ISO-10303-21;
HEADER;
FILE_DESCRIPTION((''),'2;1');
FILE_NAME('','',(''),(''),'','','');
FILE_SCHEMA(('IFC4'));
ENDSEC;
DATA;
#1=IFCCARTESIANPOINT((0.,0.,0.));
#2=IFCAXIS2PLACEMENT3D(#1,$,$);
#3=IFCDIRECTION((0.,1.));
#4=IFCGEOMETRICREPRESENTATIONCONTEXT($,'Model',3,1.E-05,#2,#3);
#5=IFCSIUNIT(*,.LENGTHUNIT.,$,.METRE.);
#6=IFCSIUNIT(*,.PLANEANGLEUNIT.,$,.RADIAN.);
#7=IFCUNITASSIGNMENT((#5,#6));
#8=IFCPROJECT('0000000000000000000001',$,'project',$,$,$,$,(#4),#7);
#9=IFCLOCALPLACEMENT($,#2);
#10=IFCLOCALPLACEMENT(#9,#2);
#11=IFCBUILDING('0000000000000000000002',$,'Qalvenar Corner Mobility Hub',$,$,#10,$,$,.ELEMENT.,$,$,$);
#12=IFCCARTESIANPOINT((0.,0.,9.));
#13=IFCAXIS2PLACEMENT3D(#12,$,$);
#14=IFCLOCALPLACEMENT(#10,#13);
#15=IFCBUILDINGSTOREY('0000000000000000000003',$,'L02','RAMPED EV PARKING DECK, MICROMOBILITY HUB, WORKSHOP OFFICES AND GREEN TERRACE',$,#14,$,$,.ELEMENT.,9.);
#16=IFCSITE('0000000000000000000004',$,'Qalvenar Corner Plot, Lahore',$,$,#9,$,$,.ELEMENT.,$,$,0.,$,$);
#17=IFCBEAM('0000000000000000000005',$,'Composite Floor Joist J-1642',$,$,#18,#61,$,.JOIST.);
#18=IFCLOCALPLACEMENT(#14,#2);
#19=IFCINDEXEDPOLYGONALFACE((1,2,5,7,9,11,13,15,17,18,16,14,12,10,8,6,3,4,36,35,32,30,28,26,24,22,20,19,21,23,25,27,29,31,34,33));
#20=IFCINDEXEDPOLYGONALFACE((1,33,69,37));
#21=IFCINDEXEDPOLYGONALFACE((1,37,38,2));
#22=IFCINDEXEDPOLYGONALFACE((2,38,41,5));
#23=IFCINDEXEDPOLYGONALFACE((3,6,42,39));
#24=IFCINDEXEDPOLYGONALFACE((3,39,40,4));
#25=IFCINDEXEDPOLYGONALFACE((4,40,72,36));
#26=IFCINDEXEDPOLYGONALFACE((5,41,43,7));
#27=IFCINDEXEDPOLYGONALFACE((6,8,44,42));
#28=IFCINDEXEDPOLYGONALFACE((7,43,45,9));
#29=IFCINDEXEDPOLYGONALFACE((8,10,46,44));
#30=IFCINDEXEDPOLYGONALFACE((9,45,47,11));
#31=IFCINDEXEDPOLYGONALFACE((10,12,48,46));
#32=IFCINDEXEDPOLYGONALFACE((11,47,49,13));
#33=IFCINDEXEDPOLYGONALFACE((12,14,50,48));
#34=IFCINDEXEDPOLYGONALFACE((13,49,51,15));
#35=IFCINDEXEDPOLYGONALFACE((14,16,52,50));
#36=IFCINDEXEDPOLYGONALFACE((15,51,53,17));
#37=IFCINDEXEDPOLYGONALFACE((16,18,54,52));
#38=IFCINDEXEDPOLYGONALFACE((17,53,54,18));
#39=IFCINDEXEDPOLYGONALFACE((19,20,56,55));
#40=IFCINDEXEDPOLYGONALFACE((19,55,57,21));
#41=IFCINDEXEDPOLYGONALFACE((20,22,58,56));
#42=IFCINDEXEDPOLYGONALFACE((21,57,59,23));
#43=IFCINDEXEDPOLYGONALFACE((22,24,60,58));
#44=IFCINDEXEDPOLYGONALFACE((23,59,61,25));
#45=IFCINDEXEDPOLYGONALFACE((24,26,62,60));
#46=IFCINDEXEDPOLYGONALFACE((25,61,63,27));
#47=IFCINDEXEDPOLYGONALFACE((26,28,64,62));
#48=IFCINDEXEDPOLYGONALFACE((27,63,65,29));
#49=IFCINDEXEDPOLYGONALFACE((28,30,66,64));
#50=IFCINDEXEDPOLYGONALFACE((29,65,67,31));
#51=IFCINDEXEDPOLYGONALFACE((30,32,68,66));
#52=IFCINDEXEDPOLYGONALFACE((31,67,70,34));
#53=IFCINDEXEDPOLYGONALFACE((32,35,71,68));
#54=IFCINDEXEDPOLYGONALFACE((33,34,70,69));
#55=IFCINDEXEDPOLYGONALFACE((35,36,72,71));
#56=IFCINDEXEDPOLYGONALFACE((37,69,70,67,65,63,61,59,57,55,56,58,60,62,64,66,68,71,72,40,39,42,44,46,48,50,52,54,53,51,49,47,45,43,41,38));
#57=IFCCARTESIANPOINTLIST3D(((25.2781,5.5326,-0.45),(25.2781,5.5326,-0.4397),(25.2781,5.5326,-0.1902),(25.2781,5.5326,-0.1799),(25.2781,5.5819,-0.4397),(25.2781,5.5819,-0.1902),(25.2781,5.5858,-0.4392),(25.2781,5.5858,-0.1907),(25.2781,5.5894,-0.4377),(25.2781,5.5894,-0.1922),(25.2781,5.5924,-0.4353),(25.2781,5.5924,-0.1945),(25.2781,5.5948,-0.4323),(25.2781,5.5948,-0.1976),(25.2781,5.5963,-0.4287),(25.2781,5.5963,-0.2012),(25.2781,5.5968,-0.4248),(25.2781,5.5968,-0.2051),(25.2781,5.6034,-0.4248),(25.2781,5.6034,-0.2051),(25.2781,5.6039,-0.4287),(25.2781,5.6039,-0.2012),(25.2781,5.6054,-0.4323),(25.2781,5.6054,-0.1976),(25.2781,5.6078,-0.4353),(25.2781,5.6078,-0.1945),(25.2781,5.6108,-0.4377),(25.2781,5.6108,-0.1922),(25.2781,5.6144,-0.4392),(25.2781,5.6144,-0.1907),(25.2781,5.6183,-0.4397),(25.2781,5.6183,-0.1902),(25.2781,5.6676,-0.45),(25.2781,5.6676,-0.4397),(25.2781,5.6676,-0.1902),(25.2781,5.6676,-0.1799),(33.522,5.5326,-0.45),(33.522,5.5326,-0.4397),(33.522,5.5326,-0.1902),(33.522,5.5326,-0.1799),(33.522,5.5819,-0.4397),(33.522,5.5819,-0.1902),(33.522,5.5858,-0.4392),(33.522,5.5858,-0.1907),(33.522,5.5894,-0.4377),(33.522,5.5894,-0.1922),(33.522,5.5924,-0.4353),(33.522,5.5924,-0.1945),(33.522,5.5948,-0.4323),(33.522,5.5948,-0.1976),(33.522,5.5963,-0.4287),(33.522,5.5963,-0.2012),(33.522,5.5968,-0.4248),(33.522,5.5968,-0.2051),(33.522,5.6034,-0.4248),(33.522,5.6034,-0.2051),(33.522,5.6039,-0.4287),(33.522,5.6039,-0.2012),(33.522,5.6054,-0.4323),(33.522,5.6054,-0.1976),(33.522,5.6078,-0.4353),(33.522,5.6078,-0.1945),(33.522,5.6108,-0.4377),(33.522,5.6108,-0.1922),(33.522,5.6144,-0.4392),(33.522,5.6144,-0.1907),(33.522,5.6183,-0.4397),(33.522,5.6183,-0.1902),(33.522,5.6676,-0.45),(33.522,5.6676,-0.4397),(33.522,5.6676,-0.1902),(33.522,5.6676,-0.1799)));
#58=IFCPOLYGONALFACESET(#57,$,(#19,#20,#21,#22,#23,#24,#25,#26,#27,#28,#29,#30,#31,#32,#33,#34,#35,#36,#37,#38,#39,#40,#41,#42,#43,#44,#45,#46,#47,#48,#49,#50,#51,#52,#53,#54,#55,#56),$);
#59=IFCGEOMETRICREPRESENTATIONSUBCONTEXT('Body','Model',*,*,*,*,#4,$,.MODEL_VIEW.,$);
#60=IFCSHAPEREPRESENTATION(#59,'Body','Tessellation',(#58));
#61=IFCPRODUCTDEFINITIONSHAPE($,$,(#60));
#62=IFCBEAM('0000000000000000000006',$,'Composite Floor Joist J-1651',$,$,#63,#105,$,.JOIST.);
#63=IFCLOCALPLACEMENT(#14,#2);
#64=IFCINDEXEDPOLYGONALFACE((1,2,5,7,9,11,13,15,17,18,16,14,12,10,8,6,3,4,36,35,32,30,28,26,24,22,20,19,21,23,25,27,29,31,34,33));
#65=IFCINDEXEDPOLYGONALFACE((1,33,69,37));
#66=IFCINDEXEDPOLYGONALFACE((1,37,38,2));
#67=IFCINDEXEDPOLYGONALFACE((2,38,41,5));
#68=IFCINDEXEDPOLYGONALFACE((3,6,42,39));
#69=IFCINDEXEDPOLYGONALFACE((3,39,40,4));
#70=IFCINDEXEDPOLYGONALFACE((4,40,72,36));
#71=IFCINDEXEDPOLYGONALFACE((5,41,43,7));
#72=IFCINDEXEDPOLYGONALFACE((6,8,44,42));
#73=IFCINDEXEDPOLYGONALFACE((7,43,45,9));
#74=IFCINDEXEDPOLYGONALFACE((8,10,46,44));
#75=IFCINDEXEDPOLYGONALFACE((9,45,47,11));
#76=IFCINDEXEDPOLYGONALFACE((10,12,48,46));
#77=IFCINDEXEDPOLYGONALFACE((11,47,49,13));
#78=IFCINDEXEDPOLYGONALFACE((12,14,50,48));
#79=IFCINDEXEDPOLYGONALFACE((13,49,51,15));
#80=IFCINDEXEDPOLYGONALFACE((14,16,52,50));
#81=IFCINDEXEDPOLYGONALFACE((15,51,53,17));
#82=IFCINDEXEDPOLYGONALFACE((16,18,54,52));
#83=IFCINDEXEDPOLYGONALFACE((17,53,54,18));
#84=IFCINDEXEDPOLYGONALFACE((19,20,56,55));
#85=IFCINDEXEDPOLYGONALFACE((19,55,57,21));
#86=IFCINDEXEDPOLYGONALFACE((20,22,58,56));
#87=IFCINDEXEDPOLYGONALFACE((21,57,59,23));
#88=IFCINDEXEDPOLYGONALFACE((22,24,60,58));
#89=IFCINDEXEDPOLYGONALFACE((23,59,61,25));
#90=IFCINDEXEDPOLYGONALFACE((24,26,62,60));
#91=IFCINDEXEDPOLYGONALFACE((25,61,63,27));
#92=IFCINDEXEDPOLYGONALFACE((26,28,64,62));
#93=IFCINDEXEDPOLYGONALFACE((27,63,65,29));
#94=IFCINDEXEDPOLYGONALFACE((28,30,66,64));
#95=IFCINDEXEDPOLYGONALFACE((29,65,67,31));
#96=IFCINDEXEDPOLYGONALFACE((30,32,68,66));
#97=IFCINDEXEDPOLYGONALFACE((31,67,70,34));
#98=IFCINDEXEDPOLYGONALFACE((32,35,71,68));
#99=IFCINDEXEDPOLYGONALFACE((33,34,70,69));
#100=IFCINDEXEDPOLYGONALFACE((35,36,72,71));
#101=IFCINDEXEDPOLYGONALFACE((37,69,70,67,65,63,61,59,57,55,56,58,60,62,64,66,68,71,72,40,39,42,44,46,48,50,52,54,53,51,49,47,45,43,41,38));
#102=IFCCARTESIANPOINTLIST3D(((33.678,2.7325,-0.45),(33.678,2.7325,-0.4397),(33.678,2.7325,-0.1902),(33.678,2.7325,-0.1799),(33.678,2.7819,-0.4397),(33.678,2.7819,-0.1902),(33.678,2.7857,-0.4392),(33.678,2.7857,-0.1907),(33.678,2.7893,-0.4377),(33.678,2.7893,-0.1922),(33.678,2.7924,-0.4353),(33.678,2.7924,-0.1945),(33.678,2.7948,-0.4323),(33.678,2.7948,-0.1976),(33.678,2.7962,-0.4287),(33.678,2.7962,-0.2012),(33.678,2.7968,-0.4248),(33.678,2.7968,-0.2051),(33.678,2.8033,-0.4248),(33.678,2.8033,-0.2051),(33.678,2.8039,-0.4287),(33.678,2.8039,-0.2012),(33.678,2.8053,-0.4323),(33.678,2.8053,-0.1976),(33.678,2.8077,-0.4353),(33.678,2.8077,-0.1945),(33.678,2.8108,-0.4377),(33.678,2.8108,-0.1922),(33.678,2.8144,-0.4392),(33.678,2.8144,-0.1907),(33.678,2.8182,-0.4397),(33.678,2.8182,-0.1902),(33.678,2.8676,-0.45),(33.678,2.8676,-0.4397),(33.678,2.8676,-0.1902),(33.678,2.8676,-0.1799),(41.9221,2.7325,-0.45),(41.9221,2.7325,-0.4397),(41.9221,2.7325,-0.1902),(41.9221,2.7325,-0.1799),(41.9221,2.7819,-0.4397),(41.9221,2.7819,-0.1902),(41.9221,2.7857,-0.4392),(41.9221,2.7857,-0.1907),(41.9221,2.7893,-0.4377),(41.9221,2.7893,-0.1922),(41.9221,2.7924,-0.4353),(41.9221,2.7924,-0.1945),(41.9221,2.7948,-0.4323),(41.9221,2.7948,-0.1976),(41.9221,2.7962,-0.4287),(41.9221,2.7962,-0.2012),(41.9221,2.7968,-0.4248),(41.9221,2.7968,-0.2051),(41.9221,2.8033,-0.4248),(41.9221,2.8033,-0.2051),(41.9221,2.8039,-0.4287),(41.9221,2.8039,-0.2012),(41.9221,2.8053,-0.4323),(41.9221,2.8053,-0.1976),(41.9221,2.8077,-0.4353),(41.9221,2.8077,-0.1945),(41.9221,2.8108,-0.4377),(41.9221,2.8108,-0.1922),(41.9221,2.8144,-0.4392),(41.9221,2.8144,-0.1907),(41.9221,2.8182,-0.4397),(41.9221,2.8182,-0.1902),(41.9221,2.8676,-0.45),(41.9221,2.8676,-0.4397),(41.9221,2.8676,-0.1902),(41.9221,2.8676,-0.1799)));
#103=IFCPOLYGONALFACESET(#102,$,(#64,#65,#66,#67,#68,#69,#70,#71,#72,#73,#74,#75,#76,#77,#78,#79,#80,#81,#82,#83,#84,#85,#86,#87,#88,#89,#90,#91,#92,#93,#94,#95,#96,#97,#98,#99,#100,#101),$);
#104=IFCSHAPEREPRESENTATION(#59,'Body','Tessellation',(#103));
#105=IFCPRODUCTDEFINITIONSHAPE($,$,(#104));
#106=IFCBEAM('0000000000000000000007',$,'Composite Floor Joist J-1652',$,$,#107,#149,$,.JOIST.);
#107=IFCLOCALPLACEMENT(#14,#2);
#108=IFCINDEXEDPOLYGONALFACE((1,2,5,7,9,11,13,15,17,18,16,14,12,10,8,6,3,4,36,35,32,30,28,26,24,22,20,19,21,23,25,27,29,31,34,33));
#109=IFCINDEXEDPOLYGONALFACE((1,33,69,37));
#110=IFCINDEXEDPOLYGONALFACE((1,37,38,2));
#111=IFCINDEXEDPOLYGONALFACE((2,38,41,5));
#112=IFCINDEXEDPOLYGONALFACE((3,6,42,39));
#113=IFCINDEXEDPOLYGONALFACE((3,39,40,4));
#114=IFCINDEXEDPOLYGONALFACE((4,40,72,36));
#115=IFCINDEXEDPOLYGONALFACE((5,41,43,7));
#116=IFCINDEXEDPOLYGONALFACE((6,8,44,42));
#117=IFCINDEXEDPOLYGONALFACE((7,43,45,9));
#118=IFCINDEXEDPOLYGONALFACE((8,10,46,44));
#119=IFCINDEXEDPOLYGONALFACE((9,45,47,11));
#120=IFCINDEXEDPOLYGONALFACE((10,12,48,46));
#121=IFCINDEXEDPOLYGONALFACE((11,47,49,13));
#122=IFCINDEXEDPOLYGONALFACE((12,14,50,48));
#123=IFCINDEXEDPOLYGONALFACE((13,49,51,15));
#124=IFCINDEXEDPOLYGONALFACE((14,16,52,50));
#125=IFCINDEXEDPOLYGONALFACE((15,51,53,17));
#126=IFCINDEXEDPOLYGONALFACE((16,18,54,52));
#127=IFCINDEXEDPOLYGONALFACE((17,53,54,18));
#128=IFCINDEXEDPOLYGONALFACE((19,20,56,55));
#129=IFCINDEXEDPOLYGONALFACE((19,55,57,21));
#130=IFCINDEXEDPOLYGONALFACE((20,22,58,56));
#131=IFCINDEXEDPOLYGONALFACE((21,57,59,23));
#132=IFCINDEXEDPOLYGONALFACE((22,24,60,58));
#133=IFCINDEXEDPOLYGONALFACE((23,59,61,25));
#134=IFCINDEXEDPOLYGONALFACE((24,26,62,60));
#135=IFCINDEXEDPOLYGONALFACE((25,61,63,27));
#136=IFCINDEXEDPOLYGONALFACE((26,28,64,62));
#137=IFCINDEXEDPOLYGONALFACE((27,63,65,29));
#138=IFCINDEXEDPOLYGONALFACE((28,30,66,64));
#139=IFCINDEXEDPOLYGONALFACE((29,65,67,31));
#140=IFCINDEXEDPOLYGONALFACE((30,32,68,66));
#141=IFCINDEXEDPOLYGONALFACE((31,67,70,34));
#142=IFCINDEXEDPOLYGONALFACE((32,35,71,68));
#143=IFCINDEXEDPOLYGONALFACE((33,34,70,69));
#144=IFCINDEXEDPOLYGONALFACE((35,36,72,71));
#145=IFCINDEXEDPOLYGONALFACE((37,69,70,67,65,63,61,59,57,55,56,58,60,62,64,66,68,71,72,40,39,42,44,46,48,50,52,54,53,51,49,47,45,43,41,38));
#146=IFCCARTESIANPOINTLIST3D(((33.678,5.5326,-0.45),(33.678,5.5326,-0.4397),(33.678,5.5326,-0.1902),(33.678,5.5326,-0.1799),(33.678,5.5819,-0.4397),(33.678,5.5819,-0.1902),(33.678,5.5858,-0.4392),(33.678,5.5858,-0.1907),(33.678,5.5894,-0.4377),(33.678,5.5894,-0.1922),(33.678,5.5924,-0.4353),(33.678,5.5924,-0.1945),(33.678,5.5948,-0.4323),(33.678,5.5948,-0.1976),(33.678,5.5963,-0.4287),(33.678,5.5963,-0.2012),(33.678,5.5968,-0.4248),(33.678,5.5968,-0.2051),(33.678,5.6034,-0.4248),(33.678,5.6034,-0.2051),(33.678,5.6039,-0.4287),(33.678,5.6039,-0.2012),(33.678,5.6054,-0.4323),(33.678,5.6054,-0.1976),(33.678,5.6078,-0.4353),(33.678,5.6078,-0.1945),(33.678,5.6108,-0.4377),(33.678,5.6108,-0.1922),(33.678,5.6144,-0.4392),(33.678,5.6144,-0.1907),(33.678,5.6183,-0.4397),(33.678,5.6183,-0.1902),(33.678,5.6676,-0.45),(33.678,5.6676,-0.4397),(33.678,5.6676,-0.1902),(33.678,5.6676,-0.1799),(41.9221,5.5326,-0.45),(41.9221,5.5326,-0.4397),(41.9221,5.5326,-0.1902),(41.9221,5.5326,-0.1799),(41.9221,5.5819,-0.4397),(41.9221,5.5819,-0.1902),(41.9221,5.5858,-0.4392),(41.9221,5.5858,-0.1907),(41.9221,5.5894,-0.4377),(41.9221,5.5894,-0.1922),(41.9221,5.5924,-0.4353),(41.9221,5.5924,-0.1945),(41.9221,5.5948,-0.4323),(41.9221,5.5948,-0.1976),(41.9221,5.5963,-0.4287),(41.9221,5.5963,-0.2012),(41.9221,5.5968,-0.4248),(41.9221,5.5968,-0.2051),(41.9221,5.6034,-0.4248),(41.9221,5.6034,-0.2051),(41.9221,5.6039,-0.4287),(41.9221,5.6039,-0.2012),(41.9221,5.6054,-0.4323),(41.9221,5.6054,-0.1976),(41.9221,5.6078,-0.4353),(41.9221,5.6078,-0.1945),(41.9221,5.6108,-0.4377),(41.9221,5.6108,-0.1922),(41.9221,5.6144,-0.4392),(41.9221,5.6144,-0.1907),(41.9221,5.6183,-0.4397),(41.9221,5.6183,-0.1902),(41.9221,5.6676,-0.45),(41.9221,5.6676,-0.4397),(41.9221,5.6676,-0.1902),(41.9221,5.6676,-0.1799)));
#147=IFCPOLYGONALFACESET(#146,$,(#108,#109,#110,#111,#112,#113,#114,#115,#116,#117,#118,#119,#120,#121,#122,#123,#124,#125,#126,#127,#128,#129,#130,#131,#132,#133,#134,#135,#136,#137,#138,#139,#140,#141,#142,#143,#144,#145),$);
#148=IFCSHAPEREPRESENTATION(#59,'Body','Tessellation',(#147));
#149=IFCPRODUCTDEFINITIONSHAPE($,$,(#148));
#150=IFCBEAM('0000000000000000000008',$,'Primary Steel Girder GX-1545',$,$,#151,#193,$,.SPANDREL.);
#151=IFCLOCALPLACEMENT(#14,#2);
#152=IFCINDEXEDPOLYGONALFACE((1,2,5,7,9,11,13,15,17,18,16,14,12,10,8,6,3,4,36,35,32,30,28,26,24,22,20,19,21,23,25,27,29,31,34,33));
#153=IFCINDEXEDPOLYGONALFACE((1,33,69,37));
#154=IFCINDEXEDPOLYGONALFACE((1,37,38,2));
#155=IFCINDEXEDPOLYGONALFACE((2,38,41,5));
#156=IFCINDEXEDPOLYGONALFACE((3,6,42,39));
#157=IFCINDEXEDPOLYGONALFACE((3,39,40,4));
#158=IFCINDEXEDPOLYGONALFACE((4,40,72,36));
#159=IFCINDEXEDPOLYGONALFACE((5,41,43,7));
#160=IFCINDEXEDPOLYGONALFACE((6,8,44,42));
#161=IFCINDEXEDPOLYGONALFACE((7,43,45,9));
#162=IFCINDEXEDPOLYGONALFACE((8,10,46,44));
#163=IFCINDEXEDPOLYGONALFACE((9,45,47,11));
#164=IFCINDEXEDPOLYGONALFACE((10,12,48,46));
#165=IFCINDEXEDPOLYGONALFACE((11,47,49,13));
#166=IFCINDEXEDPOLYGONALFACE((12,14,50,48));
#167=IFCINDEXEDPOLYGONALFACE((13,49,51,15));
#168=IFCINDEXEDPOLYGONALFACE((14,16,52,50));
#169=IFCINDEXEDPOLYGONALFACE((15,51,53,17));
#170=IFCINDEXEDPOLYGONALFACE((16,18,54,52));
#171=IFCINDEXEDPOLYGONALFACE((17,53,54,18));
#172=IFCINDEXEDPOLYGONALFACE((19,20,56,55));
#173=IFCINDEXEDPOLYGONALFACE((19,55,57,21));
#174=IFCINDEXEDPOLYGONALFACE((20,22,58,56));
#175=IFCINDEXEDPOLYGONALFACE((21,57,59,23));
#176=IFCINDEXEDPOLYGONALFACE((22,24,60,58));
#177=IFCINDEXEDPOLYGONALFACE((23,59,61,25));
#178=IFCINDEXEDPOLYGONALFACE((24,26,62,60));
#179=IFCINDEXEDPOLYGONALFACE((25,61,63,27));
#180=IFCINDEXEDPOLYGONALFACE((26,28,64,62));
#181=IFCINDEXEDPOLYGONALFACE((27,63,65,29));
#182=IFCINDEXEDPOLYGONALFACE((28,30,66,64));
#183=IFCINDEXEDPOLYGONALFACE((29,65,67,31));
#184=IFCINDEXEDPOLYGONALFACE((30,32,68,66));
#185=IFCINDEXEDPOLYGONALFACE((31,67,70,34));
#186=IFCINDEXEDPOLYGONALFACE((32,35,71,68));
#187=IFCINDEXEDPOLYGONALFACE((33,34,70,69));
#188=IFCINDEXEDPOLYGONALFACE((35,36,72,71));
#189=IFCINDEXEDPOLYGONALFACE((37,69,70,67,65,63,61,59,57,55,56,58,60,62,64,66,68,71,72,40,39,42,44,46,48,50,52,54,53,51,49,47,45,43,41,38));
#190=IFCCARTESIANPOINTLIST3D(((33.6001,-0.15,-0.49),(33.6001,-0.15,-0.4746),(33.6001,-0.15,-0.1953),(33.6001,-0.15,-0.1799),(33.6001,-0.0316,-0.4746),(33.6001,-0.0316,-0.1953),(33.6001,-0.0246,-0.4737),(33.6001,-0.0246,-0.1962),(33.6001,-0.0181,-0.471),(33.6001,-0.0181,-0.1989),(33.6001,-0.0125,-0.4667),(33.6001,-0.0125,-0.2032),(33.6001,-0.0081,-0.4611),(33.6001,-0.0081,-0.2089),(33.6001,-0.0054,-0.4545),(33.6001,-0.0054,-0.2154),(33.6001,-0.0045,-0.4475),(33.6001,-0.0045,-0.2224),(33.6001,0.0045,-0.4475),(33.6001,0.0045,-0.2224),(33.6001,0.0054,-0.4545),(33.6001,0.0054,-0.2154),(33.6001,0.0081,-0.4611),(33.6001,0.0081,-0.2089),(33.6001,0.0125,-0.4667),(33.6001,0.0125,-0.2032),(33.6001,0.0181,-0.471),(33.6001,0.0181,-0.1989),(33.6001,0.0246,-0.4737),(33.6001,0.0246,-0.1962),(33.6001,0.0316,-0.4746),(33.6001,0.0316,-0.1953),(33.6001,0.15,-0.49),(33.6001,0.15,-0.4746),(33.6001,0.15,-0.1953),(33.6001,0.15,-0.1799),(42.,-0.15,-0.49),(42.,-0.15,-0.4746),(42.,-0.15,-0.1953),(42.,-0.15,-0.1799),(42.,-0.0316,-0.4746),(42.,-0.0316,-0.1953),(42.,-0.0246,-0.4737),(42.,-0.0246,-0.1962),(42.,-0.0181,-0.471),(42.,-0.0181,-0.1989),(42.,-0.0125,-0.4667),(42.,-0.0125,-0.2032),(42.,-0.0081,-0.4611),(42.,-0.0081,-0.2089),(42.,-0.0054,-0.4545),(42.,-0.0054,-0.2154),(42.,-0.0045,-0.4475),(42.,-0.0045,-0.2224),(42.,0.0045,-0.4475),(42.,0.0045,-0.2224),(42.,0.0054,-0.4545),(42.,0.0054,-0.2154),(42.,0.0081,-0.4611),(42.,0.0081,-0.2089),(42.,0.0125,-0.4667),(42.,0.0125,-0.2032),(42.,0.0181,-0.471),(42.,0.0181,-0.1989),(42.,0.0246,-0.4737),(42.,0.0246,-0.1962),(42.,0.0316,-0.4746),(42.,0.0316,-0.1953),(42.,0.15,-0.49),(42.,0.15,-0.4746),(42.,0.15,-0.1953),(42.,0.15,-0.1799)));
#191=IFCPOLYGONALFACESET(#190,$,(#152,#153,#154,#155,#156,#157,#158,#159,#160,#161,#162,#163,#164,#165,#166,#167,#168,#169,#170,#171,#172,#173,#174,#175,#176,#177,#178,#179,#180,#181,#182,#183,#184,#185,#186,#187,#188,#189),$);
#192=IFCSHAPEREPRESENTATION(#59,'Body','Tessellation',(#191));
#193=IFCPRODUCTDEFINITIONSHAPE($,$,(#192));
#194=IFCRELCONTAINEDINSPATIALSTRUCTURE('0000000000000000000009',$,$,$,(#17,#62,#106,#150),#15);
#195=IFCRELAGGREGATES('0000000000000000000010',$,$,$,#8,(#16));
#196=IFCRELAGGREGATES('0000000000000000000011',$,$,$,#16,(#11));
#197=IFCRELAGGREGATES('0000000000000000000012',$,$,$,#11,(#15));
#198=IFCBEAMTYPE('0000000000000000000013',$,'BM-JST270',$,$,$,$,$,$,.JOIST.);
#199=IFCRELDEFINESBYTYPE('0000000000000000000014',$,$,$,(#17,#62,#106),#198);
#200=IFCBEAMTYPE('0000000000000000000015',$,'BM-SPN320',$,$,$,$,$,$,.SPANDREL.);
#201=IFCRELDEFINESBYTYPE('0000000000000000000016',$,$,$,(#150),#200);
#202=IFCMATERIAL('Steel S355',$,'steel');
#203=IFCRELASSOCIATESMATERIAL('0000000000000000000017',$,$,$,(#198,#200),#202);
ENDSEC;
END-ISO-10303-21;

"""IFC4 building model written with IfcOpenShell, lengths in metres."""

from ifc_helpers import new_model, si_unit, direction, frame, origin, origin_2d, place, context, subcontext, project, spatial, i_section, extrude, material, material_profile, profile_set, type_object, element, save


model = new_model("IFC4")

# Units and contexts
model_context = context("Model", 3, precision=1e-05, world=origin(), true_north=direction((0.0, 1.0)))
body_context = subcontext(model_context, "Body", "Model", "MODEL_VIEW")
ifc_project = project(units=[si_unit("LENGTHUNIT", "METRE"), si_unit("PLANEANGLEUNIT", "RADIAN")], contexts=[model_context])

# Site, building, storey
site_placement = place(None, origin())
site = spatial("IfcSite", under=ifc_project, at=site_placement, Name="Qalvenar Corner Plot, Lahore", CompositionType="ELEMENT", RefElevation=0.0)
building_placement = place(site_placement, origin())
building = spatial("IfcBuilding", under=site, at=building_placement, Name="Qalvenar Corner Mobility Hub", CompositionType="ELEMENT")
storey_placement = place(building_placement, frame((0.0, 0.0, 9.0)))
storey = spatial("IfcBuildingStorey", under=building, at=storey_placement, Name="L02", Description="RAMPED EV PARKING DECK, MICROMOBILITY HUB, WORKSHOP OFFICES AND GREEN TERRACE", CompositionType="ELEMENT", Elevation=9.0)

# Shared definitions
ifc_material_1 = material(Name="Steel S355", Category="steel")

# Beams
ifc_material_profile_1 = material_profile(ifc_material_1, i_section(OverallWidth=0.135, OverallDepth=0.27, WebThickness=0.0066, FlangeThickness=0.0103, FilletRadius=0.0149, at=origin_2d()), Name="IPE270")
ifc_profile_set_1 = profile_set([ifc_material_profile_1], Name="Steel S355")
beam_type_1 = type_object("IfcBeamType", Name="BM-JST270", PredefinedType="JOIST", material=ifc_profile_set_1)
for number, where, z_axis, x_axis, name in (
    (1, (25.2781, 5.6001, -0.3149), (1.0, 0.0, 0.0), (0.0, 1.0, 0.0), "Composite Floor Joist J-1642"),
):
    element("IfcBeam", number, at=place(storey_placement, frame(where, z_axis=z_axis, x_axis=x_axis)), inside=storey, type_object=beam_type_1, Name=name, PredefinedType="JOIST", context=body_context, shape_type="SweptSolid", body=[
        extrude(i_section(OverallWidth=0.135, OverallDepth=0.27, WebThickness=0.0066, FlangeThickness=0.0103, FilletRadius=0.0149, at=origin_2d()), origin(), (0.0, 0.0, 1.0), 8.2439),
    ])
for number, where, z_axis, x_axis, name in (
    (2, (33.678, 2.8, -0.3149), (1.0, 0.0, 0.0), (0.0, 1.0, 0.0), "Composite Floor Joist J-1651"),
    (3, (33.678, 5.6001, -0.3149), (1.0, 0.0, 0.0), (0.0, 1.0, 0.0), "Composite Floor Joist J-1652"),
):
    element("IfcBeam", number, at=place(storey_placement, frame(where, z_axis=z_axis, x_axis=x_axis)), inside=storey, type_object=beam_type_1, Name=name, PredefinedType="JOIST", context=body_context, shape_type="SweptSolid", body=[
        extrude(i_section(OverallWidth=0.135, OverallDepth=0.27, WebThickness=0.0066, FlangeThickness=0.0103, FilletRadius=0.0149, at=origin_2d()), origin(), (0.0, 0.0, 1.0), 8.2441),
    ])
ifc_material_profile_2 = material_profile(ifc_material_1, i_section(OverallWidth=0.3, OverallDepth=0.3101, WebThickness=0.009, FlangeThickness=0.0154, FilletRadius=0.0271, at=origin_2d()), Name="HEA320")
ifc_profile_set_2 = profile_set([ifc_material_profile_2], Name="Steel S355")
beam_type_2 = type_object("IfcBeamType", Name="BM-SPN320", PredefinedType="SPANDREL", material=ifc_profile_set_2)
beam_1_placement = place(storey_placement, frame((33.6001, 0.0, -0.335), z_axis=(1.0, 0.0, 0.0), x_axis=(0.0, 1.0, 0.0)))
element("IfcBeam", 4, at=beam_1_placement, inside=storey, type_object=beam_type_2, Name="Primary Steel Girder GX-1545", PredefinedType="SPANDREL", context=body_context, shape_type="SweptSolid", body=[
    extrude(i_section(OverallWidth=0.3, OverallDepth=0.3101, WebThickness=0.009, FlangeThickness=0.0154, FilletRadius=0.0271, at=origin_2d()), origin(), (0.0, 0.0, 1.0), 8.3999),
])

save(model, "model.ifc")
